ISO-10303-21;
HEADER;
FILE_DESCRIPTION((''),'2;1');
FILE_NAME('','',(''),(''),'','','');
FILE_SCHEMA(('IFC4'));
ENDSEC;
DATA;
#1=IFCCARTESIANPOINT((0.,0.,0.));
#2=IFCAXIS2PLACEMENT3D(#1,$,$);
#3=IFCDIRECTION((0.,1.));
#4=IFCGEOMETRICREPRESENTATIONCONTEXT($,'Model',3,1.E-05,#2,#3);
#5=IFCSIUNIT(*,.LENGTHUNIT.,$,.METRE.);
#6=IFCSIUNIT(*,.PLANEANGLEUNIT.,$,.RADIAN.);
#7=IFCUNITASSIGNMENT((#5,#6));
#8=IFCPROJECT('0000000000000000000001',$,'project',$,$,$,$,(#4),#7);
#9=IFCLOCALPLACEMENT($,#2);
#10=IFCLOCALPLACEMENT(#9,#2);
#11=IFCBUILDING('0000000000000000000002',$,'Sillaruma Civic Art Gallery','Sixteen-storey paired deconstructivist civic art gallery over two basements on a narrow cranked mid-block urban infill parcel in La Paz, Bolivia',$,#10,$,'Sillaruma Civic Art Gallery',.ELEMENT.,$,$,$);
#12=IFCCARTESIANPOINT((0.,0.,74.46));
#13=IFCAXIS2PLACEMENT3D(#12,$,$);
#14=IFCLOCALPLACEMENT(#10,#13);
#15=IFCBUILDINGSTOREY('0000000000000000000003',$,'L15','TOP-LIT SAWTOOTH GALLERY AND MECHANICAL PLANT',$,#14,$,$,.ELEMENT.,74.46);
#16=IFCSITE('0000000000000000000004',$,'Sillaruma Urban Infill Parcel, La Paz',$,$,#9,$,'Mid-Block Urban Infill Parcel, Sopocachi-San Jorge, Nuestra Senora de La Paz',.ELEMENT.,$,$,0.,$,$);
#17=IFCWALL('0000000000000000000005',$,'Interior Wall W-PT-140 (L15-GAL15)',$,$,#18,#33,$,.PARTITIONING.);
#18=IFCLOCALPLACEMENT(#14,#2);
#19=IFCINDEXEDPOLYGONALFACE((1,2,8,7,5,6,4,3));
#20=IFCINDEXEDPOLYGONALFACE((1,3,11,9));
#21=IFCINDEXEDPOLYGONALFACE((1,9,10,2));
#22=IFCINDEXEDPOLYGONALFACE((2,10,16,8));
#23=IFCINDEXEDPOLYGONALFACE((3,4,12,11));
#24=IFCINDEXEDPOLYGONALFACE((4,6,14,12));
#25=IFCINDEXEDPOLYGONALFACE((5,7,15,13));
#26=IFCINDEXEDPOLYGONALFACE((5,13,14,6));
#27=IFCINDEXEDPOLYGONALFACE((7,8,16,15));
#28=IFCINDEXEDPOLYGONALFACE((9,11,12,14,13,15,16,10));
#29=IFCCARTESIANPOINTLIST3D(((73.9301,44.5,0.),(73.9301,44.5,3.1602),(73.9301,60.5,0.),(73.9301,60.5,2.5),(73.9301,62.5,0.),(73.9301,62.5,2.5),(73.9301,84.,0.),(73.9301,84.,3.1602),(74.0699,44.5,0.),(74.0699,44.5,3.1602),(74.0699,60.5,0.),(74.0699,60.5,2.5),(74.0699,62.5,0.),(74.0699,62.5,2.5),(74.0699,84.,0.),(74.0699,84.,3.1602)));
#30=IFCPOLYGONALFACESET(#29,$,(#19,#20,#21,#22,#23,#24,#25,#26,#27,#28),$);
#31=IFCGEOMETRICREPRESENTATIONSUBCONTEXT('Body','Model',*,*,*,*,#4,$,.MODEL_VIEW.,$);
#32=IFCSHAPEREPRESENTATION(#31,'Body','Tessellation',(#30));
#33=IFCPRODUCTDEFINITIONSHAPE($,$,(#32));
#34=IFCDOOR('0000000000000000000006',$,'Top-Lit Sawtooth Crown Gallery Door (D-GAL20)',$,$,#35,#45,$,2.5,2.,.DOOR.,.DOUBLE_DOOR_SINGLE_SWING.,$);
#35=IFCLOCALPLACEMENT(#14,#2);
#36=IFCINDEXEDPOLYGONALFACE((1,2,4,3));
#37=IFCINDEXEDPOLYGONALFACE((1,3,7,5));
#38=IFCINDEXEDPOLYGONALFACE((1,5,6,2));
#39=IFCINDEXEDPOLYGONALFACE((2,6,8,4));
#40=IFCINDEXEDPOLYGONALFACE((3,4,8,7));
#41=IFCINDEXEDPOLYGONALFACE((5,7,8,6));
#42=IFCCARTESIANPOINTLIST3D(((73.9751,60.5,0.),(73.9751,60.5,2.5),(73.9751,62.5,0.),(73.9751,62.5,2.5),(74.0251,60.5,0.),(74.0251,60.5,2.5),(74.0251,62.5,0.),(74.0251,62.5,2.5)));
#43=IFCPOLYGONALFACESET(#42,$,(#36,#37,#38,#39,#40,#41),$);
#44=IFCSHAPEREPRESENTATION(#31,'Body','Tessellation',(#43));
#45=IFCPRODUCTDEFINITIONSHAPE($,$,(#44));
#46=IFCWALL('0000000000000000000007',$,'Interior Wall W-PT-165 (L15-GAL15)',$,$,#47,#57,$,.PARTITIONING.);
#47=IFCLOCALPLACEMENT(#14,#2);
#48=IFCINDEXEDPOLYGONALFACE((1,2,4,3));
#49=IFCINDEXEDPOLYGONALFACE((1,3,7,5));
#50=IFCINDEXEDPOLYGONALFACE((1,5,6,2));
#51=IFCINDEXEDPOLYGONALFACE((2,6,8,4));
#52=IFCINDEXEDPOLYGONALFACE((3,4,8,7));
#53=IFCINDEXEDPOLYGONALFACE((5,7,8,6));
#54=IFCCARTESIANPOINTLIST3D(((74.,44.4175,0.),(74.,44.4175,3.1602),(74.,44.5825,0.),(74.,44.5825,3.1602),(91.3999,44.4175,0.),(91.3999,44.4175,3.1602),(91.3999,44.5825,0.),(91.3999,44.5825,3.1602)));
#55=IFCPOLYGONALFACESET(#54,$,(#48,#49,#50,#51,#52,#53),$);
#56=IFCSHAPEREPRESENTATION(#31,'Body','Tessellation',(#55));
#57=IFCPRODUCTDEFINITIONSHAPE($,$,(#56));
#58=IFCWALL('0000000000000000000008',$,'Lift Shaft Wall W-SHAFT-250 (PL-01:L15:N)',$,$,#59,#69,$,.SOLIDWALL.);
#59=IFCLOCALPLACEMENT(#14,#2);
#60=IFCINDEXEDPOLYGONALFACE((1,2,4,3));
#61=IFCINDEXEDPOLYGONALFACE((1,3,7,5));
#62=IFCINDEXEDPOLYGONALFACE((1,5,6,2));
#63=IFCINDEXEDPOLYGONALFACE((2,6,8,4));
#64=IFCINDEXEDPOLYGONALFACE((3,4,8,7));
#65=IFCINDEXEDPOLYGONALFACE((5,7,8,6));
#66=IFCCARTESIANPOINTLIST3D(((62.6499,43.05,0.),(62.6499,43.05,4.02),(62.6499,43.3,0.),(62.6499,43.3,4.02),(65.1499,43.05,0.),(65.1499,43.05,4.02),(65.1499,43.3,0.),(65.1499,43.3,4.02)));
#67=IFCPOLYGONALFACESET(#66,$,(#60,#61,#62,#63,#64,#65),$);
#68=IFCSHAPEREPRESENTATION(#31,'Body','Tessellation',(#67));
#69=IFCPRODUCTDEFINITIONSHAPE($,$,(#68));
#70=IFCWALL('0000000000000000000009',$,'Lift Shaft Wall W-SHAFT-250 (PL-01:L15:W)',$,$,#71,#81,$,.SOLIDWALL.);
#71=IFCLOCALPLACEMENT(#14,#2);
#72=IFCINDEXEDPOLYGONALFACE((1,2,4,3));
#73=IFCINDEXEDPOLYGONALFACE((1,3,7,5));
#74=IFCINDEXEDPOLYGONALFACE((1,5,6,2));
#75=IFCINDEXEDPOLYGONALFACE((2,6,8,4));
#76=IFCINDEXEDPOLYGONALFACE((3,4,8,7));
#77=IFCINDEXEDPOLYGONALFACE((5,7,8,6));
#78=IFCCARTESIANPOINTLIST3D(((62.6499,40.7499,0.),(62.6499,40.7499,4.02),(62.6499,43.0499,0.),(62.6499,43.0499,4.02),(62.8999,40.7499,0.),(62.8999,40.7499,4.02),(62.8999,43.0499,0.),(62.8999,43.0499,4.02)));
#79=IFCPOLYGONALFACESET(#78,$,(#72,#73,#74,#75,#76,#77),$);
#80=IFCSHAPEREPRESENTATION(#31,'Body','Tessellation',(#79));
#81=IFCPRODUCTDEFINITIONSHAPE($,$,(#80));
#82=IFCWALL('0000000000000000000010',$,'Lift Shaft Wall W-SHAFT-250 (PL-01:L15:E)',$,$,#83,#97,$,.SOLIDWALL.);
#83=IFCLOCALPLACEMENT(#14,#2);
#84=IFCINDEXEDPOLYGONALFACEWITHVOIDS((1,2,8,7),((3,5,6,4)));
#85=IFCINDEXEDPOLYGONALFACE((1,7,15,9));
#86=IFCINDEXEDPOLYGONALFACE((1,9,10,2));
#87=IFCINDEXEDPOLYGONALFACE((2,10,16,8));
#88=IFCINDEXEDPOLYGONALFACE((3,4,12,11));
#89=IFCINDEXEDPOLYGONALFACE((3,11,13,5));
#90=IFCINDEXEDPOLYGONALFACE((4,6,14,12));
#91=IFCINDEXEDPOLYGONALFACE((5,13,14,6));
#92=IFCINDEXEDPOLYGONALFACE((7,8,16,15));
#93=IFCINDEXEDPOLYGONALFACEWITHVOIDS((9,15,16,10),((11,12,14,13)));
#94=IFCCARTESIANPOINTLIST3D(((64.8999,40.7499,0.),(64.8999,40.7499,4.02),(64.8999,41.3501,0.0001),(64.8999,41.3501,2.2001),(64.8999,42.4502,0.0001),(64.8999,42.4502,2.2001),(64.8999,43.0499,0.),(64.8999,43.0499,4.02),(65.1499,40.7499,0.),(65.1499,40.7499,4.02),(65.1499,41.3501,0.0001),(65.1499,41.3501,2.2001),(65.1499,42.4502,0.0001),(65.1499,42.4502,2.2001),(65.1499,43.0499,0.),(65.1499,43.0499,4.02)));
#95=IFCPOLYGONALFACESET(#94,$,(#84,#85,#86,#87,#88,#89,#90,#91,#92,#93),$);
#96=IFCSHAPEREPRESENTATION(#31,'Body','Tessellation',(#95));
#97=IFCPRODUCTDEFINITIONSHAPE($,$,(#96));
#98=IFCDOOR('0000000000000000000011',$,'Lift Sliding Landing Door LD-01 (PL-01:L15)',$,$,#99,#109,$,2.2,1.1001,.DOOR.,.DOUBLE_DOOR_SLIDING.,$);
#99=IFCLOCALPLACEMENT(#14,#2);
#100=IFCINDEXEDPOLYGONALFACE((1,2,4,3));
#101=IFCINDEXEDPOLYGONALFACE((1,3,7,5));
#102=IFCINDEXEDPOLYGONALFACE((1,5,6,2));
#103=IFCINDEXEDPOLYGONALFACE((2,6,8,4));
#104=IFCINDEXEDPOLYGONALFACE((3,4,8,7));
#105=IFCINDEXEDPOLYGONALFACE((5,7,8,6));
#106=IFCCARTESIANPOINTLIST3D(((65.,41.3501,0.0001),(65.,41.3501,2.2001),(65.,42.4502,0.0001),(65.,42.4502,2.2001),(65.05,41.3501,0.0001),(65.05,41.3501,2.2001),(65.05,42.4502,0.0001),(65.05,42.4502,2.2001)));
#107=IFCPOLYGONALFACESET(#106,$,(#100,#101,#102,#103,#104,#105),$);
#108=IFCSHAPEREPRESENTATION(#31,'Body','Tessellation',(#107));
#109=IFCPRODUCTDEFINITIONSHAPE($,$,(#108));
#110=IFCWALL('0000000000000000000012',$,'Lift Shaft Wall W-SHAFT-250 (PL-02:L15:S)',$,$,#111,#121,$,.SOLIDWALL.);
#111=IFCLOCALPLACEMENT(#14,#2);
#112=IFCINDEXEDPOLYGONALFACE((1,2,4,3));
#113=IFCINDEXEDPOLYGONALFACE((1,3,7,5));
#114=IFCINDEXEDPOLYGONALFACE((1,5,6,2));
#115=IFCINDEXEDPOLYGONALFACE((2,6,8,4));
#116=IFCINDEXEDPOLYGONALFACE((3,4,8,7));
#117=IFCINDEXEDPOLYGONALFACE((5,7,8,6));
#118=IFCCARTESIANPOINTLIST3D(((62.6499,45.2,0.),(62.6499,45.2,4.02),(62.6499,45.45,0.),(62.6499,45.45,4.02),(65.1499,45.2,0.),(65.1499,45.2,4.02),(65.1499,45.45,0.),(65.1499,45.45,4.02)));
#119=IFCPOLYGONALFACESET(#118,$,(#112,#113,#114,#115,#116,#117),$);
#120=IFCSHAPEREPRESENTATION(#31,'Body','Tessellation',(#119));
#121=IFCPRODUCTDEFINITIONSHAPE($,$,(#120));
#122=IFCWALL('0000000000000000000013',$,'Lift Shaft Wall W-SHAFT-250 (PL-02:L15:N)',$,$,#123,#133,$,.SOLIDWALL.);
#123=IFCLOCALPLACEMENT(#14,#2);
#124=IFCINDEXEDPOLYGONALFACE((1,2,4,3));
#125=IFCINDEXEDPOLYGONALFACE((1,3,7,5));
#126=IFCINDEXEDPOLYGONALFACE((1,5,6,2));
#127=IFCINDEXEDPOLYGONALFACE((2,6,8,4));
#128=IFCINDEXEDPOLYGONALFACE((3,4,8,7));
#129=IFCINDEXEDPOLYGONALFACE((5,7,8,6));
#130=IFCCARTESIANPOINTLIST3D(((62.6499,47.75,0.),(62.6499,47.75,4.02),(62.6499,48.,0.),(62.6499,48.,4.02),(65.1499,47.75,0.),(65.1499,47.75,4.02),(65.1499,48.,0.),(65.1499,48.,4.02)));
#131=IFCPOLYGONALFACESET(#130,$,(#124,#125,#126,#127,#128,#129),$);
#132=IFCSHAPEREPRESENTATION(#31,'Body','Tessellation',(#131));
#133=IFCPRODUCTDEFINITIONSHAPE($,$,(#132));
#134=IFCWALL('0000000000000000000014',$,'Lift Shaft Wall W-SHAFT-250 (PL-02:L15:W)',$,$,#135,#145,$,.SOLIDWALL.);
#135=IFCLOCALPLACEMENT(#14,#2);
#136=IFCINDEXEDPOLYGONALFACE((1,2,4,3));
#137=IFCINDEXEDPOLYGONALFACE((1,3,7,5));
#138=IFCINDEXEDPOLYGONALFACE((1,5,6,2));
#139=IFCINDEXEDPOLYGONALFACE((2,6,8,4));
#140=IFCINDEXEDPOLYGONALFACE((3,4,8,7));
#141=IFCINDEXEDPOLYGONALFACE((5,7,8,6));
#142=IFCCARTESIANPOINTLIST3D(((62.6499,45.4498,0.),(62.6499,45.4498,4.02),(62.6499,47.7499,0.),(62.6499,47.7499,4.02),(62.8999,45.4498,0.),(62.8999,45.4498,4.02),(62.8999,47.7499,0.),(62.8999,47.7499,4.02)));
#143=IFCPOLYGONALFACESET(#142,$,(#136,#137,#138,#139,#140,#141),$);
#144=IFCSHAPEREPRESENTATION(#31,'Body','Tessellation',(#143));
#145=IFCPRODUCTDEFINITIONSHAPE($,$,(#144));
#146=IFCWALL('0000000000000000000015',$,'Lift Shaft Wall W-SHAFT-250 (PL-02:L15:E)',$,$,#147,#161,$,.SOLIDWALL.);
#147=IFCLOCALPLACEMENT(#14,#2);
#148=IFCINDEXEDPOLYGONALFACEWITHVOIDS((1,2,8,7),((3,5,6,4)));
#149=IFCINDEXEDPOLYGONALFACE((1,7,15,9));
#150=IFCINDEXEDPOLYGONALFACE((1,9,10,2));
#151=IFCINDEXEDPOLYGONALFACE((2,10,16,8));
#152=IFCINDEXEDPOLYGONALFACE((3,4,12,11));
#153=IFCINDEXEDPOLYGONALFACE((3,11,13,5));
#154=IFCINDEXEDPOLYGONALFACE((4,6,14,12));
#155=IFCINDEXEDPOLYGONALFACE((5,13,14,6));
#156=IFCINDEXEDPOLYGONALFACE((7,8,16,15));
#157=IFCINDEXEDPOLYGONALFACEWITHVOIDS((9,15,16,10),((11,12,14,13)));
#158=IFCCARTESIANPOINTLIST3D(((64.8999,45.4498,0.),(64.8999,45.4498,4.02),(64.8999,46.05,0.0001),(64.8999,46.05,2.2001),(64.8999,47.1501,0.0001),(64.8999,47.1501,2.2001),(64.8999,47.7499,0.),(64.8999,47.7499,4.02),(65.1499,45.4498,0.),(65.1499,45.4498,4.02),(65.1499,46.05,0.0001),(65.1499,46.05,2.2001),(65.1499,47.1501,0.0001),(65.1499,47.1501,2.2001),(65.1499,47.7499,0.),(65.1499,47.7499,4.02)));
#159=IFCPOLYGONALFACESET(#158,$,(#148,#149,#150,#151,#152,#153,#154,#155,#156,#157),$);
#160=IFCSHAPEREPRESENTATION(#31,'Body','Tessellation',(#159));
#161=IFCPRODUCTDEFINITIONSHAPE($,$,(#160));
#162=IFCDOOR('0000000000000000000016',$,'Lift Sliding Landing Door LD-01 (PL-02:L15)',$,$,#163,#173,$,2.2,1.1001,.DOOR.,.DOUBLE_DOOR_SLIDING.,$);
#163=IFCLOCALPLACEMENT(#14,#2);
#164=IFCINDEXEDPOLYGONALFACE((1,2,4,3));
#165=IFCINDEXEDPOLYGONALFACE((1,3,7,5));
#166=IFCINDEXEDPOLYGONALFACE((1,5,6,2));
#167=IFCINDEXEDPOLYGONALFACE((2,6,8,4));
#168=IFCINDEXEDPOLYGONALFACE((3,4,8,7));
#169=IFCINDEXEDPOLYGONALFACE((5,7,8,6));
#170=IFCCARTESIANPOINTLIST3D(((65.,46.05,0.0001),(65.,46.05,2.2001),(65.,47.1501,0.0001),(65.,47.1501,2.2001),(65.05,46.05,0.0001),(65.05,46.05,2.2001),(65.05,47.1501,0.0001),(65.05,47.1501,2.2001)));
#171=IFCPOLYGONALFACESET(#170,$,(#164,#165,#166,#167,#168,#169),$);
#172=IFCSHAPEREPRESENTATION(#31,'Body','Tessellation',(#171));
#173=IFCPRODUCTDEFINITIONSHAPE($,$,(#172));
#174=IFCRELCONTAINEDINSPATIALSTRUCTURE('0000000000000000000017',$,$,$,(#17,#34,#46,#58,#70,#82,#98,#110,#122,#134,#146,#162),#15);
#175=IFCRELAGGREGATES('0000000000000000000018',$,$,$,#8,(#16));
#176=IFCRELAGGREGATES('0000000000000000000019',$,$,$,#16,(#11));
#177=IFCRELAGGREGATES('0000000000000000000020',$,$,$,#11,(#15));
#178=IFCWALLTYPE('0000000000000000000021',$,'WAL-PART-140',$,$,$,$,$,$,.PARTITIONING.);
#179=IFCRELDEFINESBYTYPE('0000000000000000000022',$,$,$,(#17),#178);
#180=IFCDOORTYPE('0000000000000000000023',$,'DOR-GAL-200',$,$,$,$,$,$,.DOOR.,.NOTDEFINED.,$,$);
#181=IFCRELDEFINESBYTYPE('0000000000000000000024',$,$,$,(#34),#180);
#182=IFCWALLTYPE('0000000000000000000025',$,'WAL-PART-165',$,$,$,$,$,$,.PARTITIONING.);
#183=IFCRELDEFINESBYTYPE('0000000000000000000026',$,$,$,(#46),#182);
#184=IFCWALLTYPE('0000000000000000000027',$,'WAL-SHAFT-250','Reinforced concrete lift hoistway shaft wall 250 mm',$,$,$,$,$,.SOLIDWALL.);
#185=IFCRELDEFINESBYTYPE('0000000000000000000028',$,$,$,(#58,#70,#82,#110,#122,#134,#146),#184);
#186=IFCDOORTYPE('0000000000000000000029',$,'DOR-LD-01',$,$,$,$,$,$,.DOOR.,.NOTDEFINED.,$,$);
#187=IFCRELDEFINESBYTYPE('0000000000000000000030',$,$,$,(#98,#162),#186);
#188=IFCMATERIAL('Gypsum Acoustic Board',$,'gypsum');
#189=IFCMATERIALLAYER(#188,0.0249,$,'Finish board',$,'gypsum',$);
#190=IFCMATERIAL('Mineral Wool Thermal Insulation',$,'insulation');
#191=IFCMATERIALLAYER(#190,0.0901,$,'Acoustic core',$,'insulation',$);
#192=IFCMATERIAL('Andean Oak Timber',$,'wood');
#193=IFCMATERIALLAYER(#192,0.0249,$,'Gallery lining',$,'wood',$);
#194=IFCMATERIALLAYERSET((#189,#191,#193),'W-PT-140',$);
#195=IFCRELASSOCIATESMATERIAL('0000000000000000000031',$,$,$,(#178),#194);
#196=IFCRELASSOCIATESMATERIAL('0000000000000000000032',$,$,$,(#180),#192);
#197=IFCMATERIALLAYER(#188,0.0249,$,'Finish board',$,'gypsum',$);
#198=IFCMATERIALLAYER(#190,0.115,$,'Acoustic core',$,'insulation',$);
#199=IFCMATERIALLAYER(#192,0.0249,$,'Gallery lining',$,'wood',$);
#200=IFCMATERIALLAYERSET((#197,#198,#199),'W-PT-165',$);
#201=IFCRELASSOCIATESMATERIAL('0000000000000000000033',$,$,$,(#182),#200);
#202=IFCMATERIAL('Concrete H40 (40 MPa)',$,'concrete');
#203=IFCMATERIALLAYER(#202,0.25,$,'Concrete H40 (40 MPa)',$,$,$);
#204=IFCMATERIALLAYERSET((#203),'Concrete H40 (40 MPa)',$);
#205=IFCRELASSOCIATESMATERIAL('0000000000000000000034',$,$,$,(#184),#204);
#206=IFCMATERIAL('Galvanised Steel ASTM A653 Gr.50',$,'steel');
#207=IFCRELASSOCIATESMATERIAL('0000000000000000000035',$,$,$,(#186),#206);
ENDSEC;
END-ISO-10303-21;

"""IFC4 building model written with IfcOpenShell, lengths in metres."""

from ifc_helpers import new_model, si_unit, direction, frame, frame_2d, origin, place, context, subcontext, project, spatial, rectangle, extrude, material, layer, layer_set, type_object, element, fill, save


model = new_model("IFC4")

# Units and contexts
model_context = context("Model", 3, precision=1e-05, world=origin(), true_north=direction((0.0, 1.0)))
body_context = subcontext(model_context, "Body", "Model", "MODEL_VIEW")
ifc_project = project(units=[si_unit("LENGTHUNIT", "METRE"), si_unit("PLANEANGLEUNIT", "RADIAN")], contexts=[model_context])

# Site, building, storey
site_placement = place(None, origin())
site = spatial("IfcSite", under=ifc_project, at=site_placement, Name="Sillaruma Urban Infill Parcel, La Paz", LongName="Mid-Block Urban Infill Parcel, Sopocachi-San Jorge, Nuestra Senora de La Paz", CompositionType="ELEMENT", RefElevation=0.0)
building_placement = place(site_placement, origin())
building = spatial("IfcBuilding", under=site, at=building_placement, Name="Sillaruma Civic Art Gallery", Description="Sixteen-storey paired deconstructivist civic art gallery over two basements on a narrow cranked mid-block urban infill parcel in La Paz, Bolivia", LongName="Sillaruma Civic Art Gallery", CompositionType="ELEMENT")
storey_placement = place(building_placement, frame((0.0, 0.0, 74.46)))
storey = spatial("IfcBuildingStorey", under=building, at=storey_placement, Name="L15", Description="TOP-LIT SAWTOOTH GALLERY AND MECHANICAL PLANT", CompositionType="ELEMENT", Elevation=74.46)

# Wall, opening, door
ifc_material_1 = material(Name="Gypsum Acoustic Board", Category="gypsum")
ifc_layer_1 = layer(ifc_material_1, 0.0249, Name="Finish board", Category="gypsum")
ifc_material_2 = material(Name="Mineral Wool Thermal Insulation", Category="insulation")
ifc_layer_2 = layer(ifc_material_2, 0.0901, Name="Acoustic core", Category="insulation")
ifc_material_3 = material(Name="Andean Oak Timber", Category="wood")
ifc_layer_3 = layer(ifc_material_3, 0.0249, Name="Gallery lining", Category="wood")
ifc_layer_set_1 = layer_set([ifc_layer_1, ifc_layer_2, ifc_layer_3], Name="W-PT-140")
wall_type_1 = type_object("IfcWallType", Name="WAL-PART-140", PredefinedType="PARTITIONING", material=ifc_layer_set_1)
wall_1_placement = place(storey_placement, frame((74.0, 44.5, 0.0), z_axis=(0.0, 0.0, 1.0), x_axis=(0.0, 1.0, 0.0)))
wall_1 = element("IfcWall", 1, at=wall_1_placement, inside=storey, type_object=wall_type_1, Name="Interior Wall W-PT-140 (L15-GAL15)", PredefinedType="PARTITIONING", context=body_context, shape_type="SweptSolid", body=[
    extrude(rectangle(XDim=39.5, YDim=0.1399, at=frame_2d((19.75, 0.0))), origin(), (0.0, 0.0, 1.0), 3.1602),
])
opening_1_placement = place(wall_1_placement, frame((16.0, 0.0, 0.0)))
opening_1 = element("IfcOpeningElement", 2, at=opening_1_placement, cuts=wall_1, PredefinedType="OPENING", context=body_context, shape_type="SweptSolid", body=[
    extrude(rectangle(XDim=2.0, YDim=2.5, at=frame_2d((1.0, 1.25))), frame((0.0, 0.0798, 0.0), z_axis=(0.0, -1.0, 0.0), x_axis=(1.0, 0.0, 0.0)), (0.0, 0.0, 1.0), 0.1599),
])
door_type_1 = type_object("IfcDoorType", Name="DOR-GAL-200", OperationType="NOTDEFINED", PredefinedType="DOOR", material=ifc_material_3)
door_1_placement = place(opening_1_placement, origin())
door_1 = element("IfcDoor", 3, at=door_1_placement, inside=storey, type_object=door_type_1, Name="Top-Lit Sawtooth Crown Gallery Door (D-GAL20)", OperationType="DOUBLE_DOOR_SINGLE_SWING", OverallHeight=2.5, OverallWidth=2.0, PredefinedType="DOOR", context=body_context, shape_type="SweptSolid", body=[
    extrude(rectangle(XDim=2.0, YDim=2.5, at=frame_2d((1.0, 1.25))), frame((0.0, 0.0249, 0.0), z_axis=(0.0, -1.0, 0.0), x_axis=(1.0, 0.0, 0.0)), (0.0, 0.0, 1.0), 0.05),
])
fill(opening_1, door_1)

# Walls
ifc_layer_4 = layer(ifc_material_1, 0.0249, Name="Finish board", Category="gypsum")
ifc_layer_5 = layer(ifc_material_2, 0.115, Name="Acoustic core", Category="insulation")
ifc_layer_6 = layer(ifc_material_3, 0.0249, Name="Gallery lining", Category="wood")
ifc_layer_set_2 = layer_set([ifc_layer_4, ifc_layer_5, ifc_layer_6], Name="W-PT-165")
wall_type_2 = type_object("IfcWallType", Name="WAL-PART-165", PredefinedType="PARTITIONING", material=ifc_layer_set_2)
wall_2_placement = place(storey_placement, frame((74.0, 44.5, 0.0), z_axis=(0.0, 0.0, 1.0), x_axis=(1.0, 0.0, 0.0)))
element("IfcWall", 4, at=wall_2_placement, inside=storey, type_object=wall_type_2, Name="Interior Wall W-PT-165 (L15-GAL15)", PredefinedType="PARTITIONING", context=body_context, shape_type="SweptSolid", body=[
    extrude(rectangle(XDim=17.3999, YDim=0.165, at=frame_2d((8.7, 0.0))), origin(), (0.0, 0.0, 1.0), 3.1602),
])
ifc_material_4 = material(Name="Concrete H40 (40 MPa)", Category="concrete")
ifc_layer_7 = layer(ifc_material_4, 0.25, Name="Concrete H40 (40 MPa)")
ifc_layer_set_3 = layer_set([ifc_layer_7], Name="Concrete H40 (40 MPa)")
wall_type_3 = type_object("IfcWallType", Name="WAL-SHAFT-250", Description="Reinforced concrete lift hoistway shaft wall 250 mm", PredefinedType="SOLIDWALL", material=ifc_layer_set_3)
wall_3_placement = place(storey_placement, frame((62.6499, 43.175, 0.0), z_axis=(0.0, 0.0, 1.0), x_axis=(1.0, 0.0, 0.0)))
element("IfcWall", 5, at=wall_3_placement, inside=storey, type_object=wall_type_3, Name="Lift Shaft Wall W-SHAFT-250 (PL-01:L15:N)", PredefinedType="SOLIDWALL", context=body_context, shape_type="SweptSolid", body=[
    extrude(rectangle(XDim=2.5, YDim=0.25, at=frame_2d((1.25, 0.0))), origin(), (0.0, 0.0, 1.0), 4.02),
])
wall_4_placement = place(storey_placement, frame((62.7749, 40.75, 0.0), z_axis=(0.0, 0.0, 1.0), x_axis=(0.0, 1.0, 0.0)))
element("IfcWall", 6, at=wall_4_placement, inside=storey, type_object=wall_type_3, Name="Lift Shaft Wall W-SHAFT-250 (PL-01:L15:W)", PredefinedType="SOLIDWALL", context=body_context, shape_type="SweptSolid", body=[
    extrude(rectangle(XDim=2.3, YDim=0.25, at=frame_2d((1.1499, 0.0))), origin(), (0.0, 0.0, 1.0), 4.02),
])

# Wall, opening, door
wall_5_placement = place(storey_placement, frame((65.0249, 40.75, 0.0), z_axis=(0.0, 0.0, 1.0), x_axis=(0.0, 1.0, 0.0)))
wall_5 = element("IfcWall", 7, at=wall_5_placement, inside=storey, type_object=wall_type_3, Name="Lift Shaft Wall W-SHAFT-250 (PL-01:L15:E)", PredefinedType="SOLIDWALL", context=body_context, shape_type="SweptSolid", body=[
    extrude(rectangle(XDim=2.3, YDim=0.25, at=frame_2d((1.1499, 0.0))), origin(), (0.0, 0.0, 1.0), 4.02),
])
opening_2_placement = place(wall_5_placement, frame((0.6001, 0.0, 0.0)))
opening_2 = element("IfcOpeningElement", 8, at=opening_2_placement, cuts=wall_5, PredefinedType="OPENING", context=body_context, shape_type="SweptSolid", body=[
    extrude(rectangle(XDim=1.1001, YDim=2.2, at=frame_2d((0.55, 1.1001))), frame((0.0, 0.135, 0.0), z_axis=(0.0, -1.0, 0.0), x_axis=(1.0, 0.0, 0.0)), (0.0, 0.0, 1.0), 0.27),
])
ifc_material_5 = material(Name="Galvanised Steel ASTM A653 Gr.50", Category="steel")
door_type_2 = type_object("IfcDoorType", Name="DOR-LD-01", OperationType="NOTDEFINED", PredefinedType="DOOR", material=ifc_material_5)
door_2_placement = place(opening_2_placement, origin())
door_2 = element("IfcDoor", 9, at=door_2_placement, inside=storey, type_object=door_type_2, Name="Lift Sliding Landing Door LD-01 (PL-01:L15)", OperationType="DOUBLE_DOOR_SLIDING", OverallHeight=2.2, OverallWidth=1.1001, PredefinedType="DOOR", context=body_context, shape_type="SweptSolid", body=[
    extrude(rectangle(XDim=1.1001, YDim=2.2, at=frame_2d((0.55, 1.1001))), frame((0.0, 0.0249, 0.0), z_axis=(0.0, -1.0, 0.0), x_axis=(1.0, 0.0, 0.0)), (0.0, 0.0, 1.0), 0.05),
])
fill(opening_2, door_2)

# Walls
for number, where, z_axis, x_axis, name in (
    (10, (62.6499, 45.325, 0.0), (0.0, 0.0, 1.0), (1.0, 0.0, 0.0), "Lift Shaft Wall W-SHAFT-250 (PL-02:L15:S)"),
    (11, (62.6499, 47.875, 0.0), (0.0, 0.0, 1.0), (1.0, 0.0, 0.0), "Lift Shaft Wall W-SHAFT-250 (PL-02:L15:N)"),
):
    element("IfcWall", number, at=place(storey_placement, frame(where, z_axis=z_axis, x_axis=x_axis)), inside=storey, type_object=wall_type_3, Name=name, PredefinedType="SOLIDWALL", context=body_context, shape_type="SweptSolid", body=[
        extrude(rectangle(XDim=2.5, YDim=0.25, at=frame_2d((1.25, 0.0))), origin(), (0.0, 0.0, 1.0), 4.02),
    ])
wall_6_placement = place(storey_placement, frame((62.7749, 45.45, 0.0), z_axis=(0.0, 0.0, 1.0), x_axis=(0.0, 1.0, 0.0)))
element("IfcWall", 12, at=wall_6_placement, inside=storey, type_object=wall_type_3, Name="Lift Shaft Wall W-SHAFT-250 (PL-02:L15:W)", PredefinedType="SOLIDWALL", context=body_context, shape_type="SweptSolid", body=[
    extrude(rectangle(XDim=2.3, YDim=0.25, at=frame_2d((1.1499, 0.0))), origin(), (0.0, 0.0, 1.0), 4.02),
])

# Wall, opening, door
wall_7_placement = place(storey_placement, frame((65.0249, 45.45, 0.0), z_axis=(0.0, 0.0, 1.0), x_axis=(0.0, 1.0, 0.0)))
wall_7 = element("IfcWall", 13, at=wall_7_placement, inside=storey, type_object=wall_type_3, Name="Lift Shaft Wall W-SHAFT-250 (PL-02:L15:E)", PredefinedType="SOLIDWALL", context=body_context, shape_type="SweptSolid", body=[
    extrude(rectangle(XDim=2.3, YDim=0.25, at=frame_2d((1.1499, 0.0))), origin(), (0.0, 0.0, 1.0), 4.02),
])
opening_3_placement = place(wall_7_placement, frame((0.6001, 0.0, 0.0)))
opening_3 = element("IfcOpeningElement", 14, at=opening_3_placement, cuts=wall_7, PredefinedType="OPENING", context=body_context, shape_type="SweptSolid", body=[
    extrude(rectangle(XDim=1.1001, YDim=2.2, at=frame_2d((0.55, 1.1001))), frame((0.0, 0.135, 0.0), z_axis=(0.0, -1.0, 0.0), x_axis=(1.0, 0.0, 0.0)), (0.0, 0.0, 1.0), 0.27),
])
door_3_placement = place(opening_3_placement, origin())
door_3 = element("IfcDoor", 15, at=door_3_placement, inside=storey, type_object=door_type_2, Name="Lift Sliding Landing Door LD-01 (PL-02:L15)", OperationType="DOUBLE_DOOR_SLIDING", OverallHeight=2.2, OverallWidth=1.1001, PredefinedType="DOOR", context=body_context, shape_type="SweptSolid", body=[
    extrude(rectangle(XDim=1.1001, YDim=2.2, at=frame_2d((0.55, 1.1001))), frame((0.0, 0.0249, 0.0), z_axis=(0.0, -1.0, 0.0), x_axis=(1.0, 0.0, 0.0)), (0.0, 0.0, 1.0), 0.05),
])
fill(opening_3, door_3)

save(model, "model.ifc")
